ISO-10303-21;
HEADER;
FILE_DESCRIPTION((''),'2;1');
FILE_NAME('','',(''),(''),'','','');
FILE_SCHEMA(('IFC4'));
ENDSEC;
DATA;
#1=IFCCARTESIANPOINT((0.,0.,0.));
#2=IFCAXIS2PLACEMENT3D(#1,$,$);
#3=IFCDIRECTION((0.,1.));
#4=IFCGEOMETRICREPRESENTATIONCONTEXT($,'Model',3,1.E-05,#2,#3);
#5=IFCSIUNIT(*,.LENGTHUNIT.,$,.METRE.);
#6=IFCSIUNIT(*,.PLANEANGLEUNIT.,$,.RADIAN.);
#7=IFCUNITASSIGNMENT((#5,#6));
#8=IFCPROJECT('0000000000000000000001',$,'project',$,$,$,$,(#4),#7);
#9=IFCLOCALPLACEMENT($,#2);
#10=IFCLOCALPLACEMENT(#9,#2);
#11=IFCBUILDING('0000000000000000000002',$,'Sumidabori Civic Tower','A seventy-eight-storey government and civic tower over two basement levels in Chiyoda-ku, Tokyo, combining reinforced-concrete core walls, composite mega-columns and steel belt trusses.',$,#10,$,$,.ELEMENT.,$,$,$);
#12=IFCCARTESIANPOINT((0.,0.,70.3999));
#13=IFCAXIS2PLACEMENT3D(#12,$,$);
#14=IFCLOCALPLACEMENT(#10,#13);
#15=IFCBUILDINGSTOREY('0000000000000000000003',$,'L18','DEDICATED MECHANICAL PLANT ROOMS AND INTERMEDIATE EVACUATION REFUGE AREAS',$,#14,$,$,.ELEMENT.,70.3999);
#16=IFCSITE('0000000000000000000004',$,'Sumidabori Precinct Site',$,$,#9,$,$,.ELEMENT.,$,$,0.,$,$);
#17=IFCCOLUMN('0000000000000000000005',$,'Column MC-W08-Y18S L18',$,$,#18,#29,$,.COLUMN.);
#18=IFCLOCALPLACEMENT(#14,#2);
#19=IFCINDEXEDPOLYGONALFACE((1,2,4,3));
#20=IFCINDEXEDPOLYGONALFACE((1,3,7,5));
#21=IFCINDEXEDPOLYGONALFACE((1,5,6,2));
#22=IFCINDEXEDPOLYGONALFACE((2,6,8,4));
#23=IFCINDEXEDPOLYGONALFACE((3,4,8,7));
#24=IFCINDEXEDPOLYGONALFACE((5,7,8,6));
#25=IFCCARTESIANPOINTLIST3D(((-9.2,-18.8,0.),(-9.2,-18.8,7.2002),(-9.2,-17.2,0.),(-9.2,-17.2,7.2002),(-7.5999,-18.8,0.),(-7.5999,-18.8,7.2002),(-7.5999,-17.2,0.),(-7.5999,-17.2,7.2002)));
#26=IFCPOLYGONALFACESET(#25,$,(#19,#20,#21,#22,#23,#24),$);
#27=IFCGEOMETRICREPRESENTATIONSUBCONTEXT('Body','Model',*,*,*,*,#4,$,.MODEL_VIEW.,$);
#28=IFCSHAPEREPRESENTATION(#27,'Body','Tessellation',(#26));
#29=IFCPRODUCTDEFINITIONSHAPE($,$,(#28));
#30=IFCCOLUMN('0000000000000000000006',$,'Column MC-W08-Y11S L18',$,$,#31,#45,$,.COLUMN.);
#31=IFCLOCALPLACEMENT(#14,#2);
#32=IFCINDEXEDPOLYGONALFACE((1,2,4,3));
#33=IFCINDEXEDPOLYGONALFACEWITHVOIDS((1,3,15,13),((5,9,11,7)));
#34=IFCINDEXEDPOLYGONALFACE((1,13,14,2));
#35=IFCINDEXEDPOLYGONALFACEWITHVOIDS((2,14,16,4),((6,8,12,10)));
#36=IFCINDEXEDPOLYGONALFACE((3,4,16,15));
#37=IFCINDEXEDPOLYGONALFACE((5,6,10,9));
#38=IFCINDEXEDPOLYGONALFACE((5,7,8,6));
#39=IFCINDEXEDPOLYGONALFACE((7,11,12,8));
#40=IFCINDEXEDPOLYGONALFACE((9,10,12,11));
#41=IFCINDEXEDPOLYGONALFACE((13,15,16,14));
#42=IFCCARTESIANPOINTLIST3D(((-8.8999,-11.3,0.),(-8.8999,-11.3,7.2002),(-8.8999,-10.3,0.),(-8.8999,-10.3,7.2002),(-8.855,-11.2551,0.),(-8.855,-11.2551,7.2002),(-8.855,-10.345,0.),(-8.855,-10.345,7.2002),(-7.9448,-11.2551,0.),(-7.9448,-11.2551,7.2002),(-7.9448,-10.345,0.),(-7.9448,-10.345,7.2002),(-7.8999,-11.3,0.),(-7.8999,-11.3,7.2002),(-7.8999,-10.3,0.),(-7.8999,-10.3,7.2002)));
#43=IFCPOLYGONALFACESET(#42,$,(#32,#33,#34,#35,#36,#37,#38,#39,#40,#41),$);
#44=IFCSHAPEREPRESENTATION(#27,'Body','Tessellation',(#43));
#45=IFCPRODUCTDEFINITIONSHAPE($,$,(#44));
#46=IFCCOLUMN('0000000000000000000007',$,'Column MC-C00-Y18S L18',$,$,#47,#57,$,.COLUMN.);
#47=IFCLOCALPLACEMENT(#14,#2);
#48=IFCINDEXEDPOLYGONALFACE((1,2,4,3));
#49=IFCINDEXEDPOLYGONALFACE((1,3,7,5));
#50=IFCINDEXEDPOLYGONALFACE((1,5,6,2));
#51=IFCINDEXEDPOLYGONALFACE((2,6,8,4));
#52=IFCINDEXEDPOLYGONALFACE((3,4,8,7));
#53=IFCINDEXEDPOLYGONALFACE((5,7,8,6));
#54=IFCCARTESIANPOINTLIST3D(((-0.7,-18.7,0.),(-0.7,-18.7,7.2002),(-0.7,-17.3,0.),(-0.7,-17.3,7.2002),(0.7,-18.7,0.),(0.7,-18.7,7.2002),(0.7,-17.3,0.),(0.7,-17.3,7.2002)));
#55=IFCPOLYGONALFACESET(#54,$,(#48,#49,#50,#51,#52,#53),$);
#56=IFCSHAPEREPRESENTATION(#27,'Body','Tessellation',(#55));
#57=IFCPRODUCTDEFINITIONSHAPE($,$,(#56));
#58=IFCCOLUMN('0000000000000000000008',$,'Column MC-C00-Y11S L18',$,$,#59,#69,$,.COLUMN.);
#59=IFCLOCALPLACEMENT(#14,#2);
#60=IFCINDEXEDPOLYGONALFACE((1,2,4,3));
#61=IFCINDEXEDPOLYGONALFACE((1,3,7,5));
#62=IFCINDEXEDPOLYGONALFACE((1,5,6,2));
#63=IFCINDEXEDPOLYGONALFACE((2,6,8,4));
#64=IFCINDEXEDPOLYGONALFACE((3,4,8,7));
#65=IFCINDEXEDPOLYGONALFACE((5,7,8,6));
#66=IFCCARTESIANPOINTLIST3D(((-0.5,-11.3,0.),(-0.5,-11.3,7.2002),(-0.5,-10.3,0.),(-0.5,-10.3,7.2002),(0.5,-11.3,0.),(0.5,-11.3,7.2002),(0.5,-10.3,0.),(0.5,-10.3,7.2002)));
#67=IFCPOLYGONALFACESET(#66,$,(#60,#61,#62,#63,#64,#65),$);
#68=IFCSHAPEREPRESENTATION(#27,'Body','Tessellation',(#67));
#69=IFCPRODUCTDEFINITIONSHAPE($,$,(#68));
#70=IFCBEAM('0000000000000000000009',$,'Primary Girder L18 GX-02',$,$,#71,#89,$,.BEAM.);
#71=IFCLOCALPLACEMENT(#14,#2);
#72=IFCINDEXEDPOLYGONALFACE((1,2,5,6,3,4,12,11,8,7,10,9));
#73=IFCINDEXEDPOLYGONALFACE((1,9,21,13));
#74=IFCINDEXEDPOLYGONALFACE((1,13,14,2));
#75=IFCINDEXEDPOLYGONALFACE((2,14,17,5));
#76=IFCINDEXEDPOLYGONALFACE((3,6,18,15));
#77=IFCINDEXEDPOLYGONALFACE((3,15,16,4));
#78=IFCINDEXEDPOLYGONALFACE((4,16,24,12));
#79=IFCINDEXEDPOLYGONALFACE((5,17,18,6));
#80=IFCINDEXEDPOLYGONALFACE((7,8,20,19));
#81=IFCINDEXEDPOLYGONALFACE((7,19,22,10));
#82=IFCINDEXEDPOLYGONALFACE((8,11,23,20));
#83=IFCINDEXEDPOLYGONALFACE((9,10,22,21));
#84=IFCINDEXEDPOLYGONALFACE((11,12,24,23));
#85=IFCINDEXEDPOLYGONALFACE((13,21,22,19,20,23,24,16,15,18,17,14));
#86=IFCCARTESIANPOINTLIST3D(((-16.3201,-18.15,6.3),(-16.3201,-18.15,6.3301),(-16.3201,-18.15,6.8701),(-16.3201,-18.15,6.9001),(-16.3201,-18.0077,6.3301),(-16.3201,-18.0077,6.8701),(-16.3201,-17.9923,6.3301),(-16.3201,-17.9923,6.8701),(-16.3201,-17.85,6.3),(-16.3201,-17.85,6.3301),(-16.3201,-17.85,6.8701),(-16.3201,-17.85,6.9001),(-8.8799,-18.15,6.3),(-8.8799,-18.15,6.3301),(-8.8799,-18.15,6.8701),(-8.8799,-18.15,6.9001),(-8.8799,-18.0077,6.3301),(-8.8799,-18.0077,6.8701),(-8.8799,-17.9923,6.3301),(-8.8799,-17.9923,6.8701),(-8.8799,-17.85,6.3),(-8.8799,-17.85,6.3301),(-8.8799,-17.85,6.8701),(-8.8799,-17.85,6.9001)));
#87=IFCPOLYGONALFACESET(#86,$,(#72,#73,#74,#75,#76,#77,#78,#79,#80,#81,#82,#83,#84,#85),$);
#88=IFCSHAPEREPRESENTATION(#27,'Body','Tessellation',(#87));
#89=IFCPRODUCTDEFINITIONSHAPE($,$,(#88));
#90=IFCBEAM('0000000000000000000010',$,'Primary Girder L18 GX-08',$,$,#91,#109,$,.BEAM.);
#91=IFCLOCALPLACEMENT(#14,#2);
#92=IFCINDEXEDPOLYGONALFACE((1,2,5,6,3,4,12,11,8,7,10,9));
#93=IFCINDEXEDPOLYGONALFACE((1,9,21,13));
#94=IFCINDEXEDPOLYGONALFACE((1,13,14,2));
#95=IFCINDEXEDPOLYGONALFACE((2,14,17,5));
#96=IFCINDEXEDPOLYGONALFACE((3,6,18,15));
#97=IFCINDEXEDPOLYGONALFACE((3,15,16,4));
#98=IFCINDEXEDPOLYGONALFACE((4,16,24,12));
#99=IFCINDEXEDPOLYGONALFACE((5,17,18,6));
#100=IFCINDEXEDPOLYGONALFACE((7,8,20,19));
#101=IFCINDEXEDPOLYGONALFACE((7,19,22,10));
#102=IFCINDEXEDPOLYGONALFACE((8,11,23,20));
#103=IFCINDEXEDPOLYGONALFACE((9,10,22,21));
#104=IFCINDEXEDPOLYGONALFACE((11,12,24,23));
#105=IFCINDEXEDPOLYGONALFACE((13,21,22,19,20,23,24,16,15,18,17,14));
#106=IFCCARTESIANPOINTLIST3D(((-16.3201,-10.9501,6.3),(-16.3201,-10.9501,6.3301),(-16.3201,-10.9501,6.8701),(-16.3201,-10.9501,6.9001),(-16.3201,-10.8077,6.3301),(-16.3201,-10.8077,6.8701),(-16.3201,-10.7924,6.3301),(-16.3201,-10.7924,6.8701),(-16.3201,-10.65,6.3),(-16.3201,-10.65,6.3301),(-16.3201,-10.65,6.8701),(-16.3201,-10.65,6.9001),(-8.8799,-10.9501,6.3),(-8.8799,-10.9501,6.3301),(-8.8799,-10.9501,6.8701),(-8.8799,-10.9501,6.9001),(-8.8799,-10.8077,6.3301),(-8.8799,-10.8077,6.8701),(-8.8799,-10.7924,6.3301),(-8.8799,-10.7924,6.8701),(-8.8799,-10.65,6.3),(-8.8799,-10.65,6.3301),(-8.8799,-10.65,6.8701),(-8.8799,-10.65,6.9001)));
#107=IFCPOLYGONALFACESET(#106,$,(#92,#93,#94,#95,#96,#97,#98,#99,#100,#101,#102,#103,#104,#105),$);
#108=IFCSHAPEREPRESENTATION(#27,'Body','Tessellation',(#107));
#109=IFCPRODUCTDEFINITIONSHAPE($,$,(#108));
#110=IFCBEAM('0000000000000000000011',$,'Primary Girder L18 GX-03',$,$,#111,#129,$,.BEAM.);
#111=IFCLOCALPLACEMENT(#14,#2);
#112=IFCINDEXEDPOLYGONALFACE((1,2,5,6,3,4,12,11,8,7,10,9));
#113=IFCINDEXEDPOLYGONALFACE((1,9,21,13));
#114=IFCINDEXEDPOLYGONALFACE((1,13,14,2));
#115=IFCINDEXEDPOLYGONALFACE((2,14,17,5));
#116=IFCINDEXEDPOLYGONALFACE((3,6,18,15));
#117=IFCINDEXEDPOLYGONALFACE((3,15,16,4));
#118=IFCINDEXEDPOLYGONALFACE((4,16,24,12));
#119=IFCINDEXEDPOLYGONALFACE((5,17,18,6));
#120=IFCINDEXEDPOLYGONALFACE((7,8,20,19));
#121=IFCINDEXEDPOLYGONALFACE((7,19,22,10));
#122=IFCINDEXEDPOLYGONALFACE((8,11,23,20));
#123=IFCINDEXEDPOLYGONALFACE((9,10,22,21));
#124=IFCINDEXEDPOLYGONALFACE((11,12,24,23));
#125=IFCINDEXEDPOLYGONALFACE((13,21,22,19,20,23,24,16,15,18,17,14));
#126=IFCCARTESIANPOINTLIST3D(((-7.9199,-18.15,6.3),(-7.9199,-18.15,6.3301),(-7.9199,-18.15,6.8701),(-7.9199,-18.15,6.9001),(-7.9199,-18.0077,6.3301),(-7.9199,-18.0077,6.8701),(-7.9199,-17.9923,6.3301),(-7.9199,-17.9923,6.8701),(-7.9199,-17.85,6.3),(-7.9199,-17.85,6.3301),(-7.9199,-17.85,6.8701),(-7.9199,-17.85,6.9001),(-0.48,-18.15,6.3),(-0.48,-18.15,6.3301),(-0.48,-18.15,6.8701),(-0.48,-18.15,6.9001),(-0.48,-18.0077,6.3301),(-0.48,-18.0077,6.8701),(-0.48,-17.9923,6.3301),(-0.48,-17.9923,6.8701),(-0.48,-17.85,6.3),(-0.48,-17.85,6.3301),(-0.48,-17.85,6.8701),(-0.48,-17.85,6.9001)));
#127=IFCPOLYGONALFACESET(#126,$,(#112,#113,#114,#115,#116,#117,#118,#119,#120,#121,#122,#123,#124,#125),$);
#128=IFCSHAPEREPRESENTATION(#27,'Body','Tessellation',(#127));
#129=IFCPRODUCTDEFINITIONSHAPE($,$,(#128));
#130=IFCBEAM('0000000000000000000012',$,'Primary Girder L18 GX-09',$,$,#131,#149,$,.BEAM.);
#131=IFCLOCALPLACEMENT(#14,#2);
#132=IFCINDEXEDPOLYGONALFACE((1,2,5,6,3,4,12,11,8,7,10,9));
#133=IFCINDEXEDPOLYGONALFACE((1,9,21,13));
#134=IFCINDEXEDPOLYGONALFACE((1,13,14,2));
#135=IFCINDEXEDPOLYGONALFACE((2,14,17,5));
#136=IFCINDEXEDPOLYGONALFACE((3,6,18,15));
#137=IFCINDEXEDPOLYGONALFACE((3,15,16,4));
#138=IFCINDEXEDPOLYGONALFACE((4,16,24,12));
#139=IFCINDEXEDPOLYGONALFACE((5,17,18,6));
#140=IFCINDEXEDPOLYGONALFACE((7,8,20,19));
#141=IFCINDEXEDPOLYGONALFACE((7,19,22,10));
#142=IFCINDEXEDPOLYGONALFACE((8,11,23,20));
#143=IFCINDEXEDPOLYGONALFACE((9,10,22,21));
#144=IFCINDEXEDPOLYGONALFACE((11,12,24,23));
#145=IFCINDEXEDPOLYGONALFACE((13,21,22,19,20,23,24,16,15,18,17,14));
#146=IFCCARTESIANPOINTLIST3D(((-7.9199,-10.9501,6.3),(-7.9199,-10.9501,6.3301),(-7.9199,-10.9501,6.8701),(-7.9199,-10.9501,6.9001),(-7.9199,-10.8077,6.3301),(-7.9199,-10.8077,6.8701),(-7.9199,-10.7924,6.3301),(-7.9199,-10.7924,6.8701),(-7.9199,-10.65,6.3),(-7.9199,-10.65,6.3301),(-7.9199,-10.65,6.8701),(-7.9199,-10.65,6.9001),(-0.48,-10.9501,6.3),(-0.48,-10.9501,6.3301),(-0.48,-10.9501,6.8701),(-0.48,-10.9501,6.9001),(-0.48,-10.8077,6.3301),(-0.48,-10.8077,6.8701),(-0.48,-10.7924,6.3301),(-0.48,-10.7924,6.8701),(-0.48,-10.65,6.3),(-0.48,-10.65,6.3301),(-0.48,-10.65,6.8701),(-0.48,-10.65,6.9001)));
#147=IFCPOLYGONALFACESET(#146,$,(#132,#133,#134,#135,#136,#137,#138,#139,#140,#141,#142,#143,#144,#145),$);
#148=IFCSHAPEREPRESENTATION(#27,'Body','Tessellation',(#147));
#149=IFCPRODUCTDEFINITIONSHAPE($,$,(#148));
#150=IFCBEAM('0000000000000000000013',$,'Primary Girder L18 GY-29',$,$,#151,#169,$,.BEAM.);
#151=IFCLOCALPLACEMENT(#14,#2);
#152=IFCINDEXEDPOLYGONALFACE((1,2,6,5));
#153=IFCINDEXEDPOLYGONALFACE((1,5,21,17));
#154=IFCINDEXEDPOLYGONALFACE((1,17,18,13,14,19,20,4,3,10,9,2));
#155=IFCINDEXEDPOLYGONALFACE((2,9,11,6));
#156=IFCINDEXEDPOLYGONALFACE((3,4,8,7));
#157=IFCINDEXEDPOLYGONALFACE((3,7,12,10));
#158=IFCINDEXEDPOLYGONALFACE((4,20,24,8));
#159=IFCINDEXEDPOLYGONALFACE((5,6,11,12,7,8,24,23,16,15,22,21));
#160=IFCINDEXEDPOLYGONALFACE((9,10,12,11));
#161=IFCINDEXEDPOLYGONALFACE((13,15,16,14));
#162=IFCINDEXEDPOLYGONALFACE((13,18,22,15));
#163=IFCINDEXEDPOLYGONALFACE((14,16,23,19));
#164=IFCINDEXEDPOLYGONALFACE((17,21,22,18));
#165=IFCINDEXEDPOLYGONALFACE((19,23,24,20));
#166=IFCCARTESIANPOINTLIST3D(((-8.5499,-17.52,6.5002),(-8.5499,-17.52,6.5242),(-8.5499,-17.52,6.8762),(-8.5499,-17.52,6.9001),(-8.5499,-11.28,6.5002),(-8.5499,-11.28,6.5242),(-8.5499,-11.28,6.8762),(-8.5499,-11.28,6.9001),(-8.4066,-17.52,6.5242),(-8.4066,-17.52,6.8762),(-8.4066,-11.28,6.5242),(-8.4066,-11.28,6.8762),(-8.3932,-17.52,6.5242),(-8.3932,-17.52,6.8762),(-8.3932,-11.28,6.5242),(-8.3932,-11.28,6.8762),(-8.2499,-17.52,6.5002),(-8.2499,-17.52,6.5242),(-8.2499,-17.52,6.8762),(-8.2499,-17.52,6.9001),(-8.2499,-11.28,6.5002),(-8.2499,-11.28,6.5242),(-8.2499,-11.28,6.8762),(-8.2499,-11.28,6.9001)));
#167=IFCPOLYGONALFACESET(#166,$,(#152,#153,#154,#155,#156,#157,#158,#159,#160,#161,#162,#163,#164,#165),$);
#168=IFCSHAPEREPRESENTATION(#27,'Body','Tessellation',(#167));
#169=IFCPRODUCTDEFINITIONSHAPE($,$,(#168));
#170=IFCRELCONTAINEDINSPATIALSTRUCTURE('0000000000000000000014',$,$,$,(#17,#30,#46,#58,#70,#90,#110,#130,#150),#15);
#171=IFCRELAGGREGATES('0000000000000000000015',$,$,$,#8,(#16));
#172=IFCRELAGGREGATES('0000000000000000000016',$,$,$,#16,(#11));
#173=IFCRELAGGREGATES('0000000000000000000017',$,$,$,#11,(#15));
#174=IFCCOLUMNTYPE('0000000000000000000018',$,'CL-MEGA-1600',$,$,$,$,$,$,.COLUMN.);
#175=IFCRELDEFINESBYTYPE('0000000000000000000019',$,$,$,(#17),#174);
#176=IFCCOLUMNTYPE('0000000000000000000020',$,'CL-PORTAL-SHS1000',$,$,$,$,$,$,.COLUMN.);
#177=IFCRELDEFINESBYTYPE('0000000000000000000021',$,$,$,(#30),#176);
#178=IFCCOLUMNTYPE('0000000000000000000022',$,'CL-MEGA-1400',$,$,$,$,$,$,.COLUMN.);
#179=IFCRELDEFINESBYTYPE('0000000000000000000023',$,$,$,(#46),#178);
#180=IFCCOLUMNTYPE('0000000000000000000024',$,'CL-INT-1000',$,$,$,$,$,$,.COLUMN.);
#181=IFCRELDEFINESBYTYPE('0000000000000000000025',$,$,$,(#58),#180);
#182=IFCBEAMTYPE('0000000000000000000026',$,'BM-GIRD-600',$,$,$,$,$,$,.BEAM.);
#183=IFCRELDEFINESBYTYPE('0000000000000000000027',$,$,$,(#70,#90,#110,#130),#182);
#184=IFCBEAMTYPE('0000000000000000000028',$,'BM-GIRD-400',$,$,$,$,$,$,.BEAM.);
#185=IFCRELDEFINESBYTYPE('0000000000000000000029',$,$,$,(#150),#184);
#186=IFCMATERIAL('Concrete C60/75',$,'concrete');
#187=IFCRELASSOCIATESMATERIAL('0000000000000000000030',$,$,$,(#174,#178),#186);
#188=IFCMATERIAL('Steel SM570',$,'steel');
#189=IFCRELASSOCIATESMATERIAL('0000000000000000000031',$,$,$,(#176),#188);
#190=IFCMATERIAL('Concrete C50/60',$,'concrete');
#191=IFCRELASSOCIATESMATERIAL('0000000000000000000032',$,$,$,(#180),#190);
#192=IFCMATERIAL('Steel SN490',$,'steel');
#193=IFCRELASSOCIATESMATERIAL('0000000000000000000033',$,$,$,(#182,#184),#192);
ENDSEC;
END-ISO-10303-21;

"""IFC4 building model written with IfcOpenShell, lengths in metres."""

from ifc_helpers import new_model, si_unit, direction, frame, origin, origin_2d, place, context, subcontext, project, spatial, rectangle, hollow_rectangle, i_section, extrude, source, transform, mapped, material, material_profile, profile_set, type_object, element, save


model = new_model("IFC4")

# Units and contexts
model_context = context("Model", 3, precision=1e-05, world=origin(), true_north=direction((0.0, 1.0)))
body_context = subcontext(model_context, "Body", "Model", "MODEL_VIEW")
ifc_project = project(units=[si_unit("LENGTHUNIT", "METRE"), si_unit("PLANEANGLEUNIT", "RADIAN")], contexts=[model_context])

# Site, building, storey
site_placement = place(None, origin())
site = spatial("IfcSite", under=ifc_project, at=site_placement, Name="Sumidabori Precinct Site", CompositionType="ELEMENT", RefElevation=0.0)
building_placement = place(site_placement, origin())
building = spatial("IfcBuilding", under=site, at=building_placement, Name="Sumidabori Civic Tower", Description="A seventy-eight-storey government and civic tower over two basement levels in Chiyoda-ku, Tokyo, combining reinforced-concrete core walls, composite mega-columns and steel belt trusses.", CompositionType="ELEMENT")
storey_placement = place(building_placement, frame((0.0, 0.0, 70.3999)))
storey = spatial("IfcBuildingStorey", under=building, at=storey_placement, Name="L18", Description="DEDICATED MECHANICAL PLANT ROOMS AND INTERMEDIATE EVACUATION REFUGE AREAS", CompositionType="ELEMENT", Elevation=70.3999)

# Columns
ifc_material_1 = material(Name="Concrete C60/75", Category="concrete")
ifc_material_profile_1 = material_profile(ifc_material_1, rectangle(XDim=1.6001, YDim=1.6001, at=origin_2d()), Name="RC 1600x1600")
ifc_profile_set_1 = profile_set([ifc_material_profile_1], Name="Concrete C60/75")
column_type_1 = type_object("IfcColumnType", Name="CL-MEGA-1600", PredefinedType="COLUMN", material=ifc_profile_set_1)
shared_shape_1 = source(origin(), body_context, "Body", "SweptSolid", [
    extrude(rectangle(XDim=1.6001, YDim=1.6001, at=origin_2d()), origin(), (0.0, 0.0, 1.0), 7.2002),
])
column_1_placement = place(storey_placement, frame((-8.3999, -18.0, 0.0), z_axis=(0.0, 0.0, 1.0), x_axis=(1.0, 0.0, 0.0)))
element("IfcColumn", 1, at=column_1_placement, inside=storey, type_object=column_type_1, Name="Column MC-W08-Y18S L18", PredefinedType="COLUMN", context=body_context, shape_type="MappedRepresentation", body=[
    mapped(shared_shape_1, transform((0.0, 0.0, 0.0), x_axis=(1.0, 0.0, 0.0), y_axis=(0.0, 1.0, 0.0), z_axis=(0.0, 0.0, 1.0), scale=1.0)),
])
ifc_material_2 = material(Name="Steel SM570", Category="steel")
ifc_material_profile_2 = material_profile(ifc_material_2, hollow_rectangle(XDim=1.0, YDim=1.0, WallThickness=0.0449, at=origin_2d()), Name="SHS 1000x1000x45")
ifc_profile_set_2 = profile_set([ifc_material_profile_2], Name="Steel SM570")
column_type_2 = type_object("IfcColumnType", Name="CL-PORTAL-SHS1000", PredefinedType="COLUMN", material=ifc_profile_set_2)
shared_shape_2 = source(origin(), body_context, "Body", "SweptSolid", [
    extrude(hollow_rectangle(XDim=1.0, YDim=1.0, WallThickness=0.0449, at=origin_2d()), origin(), (0.0, 0.0, 1.0), 7.2002),
])
column_2_placement = place(storey_placement, frame((-8.3999, -10.8, 0.0), z_axis=(0.0, 0.0, 1.0), x_axis=(1.0, 0.0, 0.0)))
element("IfcColumn", 2, at=column_2_placement, inside=storey, type_object=column_type_2, Name="Column MC-W08-Y11S L18", PredefinedType="COLUMN", context=body_context, shape_type="MappedRepresentation", body=[
    mapped(shared_shape_2, transform((0.0, 0.0, 0.0), x_axis=(1.0, 0.0, 0.0), y_axis=(0.0, 1.0, 0.0), z_axis=(0.0, 0.0, 1.0), scale=1.0)),
])
ifc_material_profile_3 = material_profile(ifc_material_1, rectangle(XDim=1.3999, YDim=1.3999, at=origin_2d()), Name="RC 1400x1400")
ifc_profile_set_3 = profile_set([ifc_material_profile_3], Name="Concrete C60/75")
column_type_3 = type_object("IfcColumnType", Name="CL-MEGA-1400", PredefinedType="COLUMN", material=ifc_profile_set_3)
shared_shape_3 = source(origin(), body_context, "Body", "SweptSolid", [
    extrude(rectangle(XDim=1.3999, YDim=1.3999, at=origin_2d()), origin(), (0.0, 0.0, 1.0), 7.2002),
])
column_3_placement = place(storey_placement, frame((0.0, -18.0, 0.0), z_axis=(0.0, 0.0, 1.0), x_axis=(1.0, 0.0, 0.0)))
element("IfcColumn", 3, at=column_3_placement, inside=storey, type_object=column_type_3, Name="Column MC-C00-Y18S L18", PredefinedType="COLUMN", context=body_context, shape_type="MappedRepresentation", body=[
    mapped(shared_shape_3, transform((0.0, 0.0, 0.0), x_axis=(1.0, 0.0, 0.0), y_axis=(0.0, 1.0, 0.0), z_axis=(0.0, 0.0, 1.0), scale=1.0)),
])
ifc_material_3 = material(Name="Concrete C50/60", Category="concrete")
ifc_material_profile_4 = material_profile(ifc_material_3, rectangle(XDim=1.0, YDim=1.0, at=origin_2d()), Name="RC 1000x1000")
ifc_profile_set_4 = profile_set([ifc_material_profile_4], Name="Concrete C50/60")
column_type_4 = type_object("IfcColumnType", Name="CL-INT-1000", PredefinedType="COLUMN", material=ifc_profile_set_4)
shared_shape_4 = source(origin(), body_context, "Body", "SweptSolid", [
    extrude(rectangle(XDim=1.0, YDim=1.0, at=origin_2d()), origin(), (0.0, 0.0, 1.0), 7.2002),
])
column_4_placement = place(storey_placement, frame((0.0, -10.8, 0.0), z_axis=(0.0, 0.0, 1.0), x_axis=(1.0, 0.0, 0.0)))
element("IfcColumn", 4, at=column_4_placement, inside=storey, type_object=column_type_4, Name="Column MC-C00-Y11S L18", PredefinedType="COLUMN", context=body_context, shape_type="MappedRepresentation", body=[
    mapped(shared_shape_4, transform((0.0, 0.0, 0.0), x_axis=(1.0, 0.0, 0.0), y_axis=(0.0, 1.0, 0.0), z_axis=(0.0, 0.0, 1.0), scale=1.0)),
])

# Beams
ifc_material_4 = material(Name="Steel SN490", Category="steel")
ifc_material_profile_5 = material_profile(ifc_material_4, i_section(OverallWidth=0.3, OverallDepth=0.6001, WebThickness=0.0154, FlangeThickness=0.03, at=origin_2d()), Name="HE 600 B")
ifc_profile_set_5 = profile_set([ifc_material_profile_5], Name="Steel SN490")
beam_type_1 = type_object("IfcBeamType", Name="BM-GIRD-600", PredefinedType="BEAM", material=ifc_profile_set_5)
shared_shape_5 = source(origin(), body_context, "Body", "SweptSolid", [
    extrude(i_section(OverallWidth=0.3, OverallDepth=0.6001, WebThickness=0.0154, FlangeThickness=0.03, at=origin_2d()), origin(), (0.0, 0.0, 1.0), 7.4402),
])
for number, where, z_axis, x_axis, name in (
    (5, (-16.3201, -18.0, 6.6001), (1.0, 0.0, 0.0), (0.0, 1.0, 0.0), "Primary Girder L18 GX-02"),
    (6, (-16.3201, -10.8, 6.6001), (1.0, 0.0, 0.0), (0.0, 1.0, 0.0), "Primary Girder L18 GX-08"),
):
    element("IfcBeam", number, at=place(storey_placement, frame(where, z_axis=z_axis, x_axis=x_axis)), inside=storey, type_object=beam_type_1, Name=name, PredefinedType="BEAM", context=body_context, shape_type="MappedRepresentation", body=[
        mapped(shared_shape_5, transform((0.0, 0.0, 0.0), x_axis=(1.0, 0.0, 0.0), y_axis=(0.0, 1.0, 0.0), z_axis=(0.0, 0.0, 1.0), scale=1.0)),
    ])
shared_shape_6 = source(origin(), body_context, "Body", "SweptSolid", [
    extrude(i_section(OverallWidth=0.3, OverallDepth=0.6001, WebThickness=0.0154, FlangeThickness=0.03, at=origin_2d()), origin(), (0.0, 0.0, 1.0), 7.4399),
])
for number, where, z_axis, x_axis, name in (
    (7, (-7.9199, -18.0, 6.6001), (1.0, 0.0, 0.0), (0.0, 1.0, 0.0), "Primary Girder L18 GX-03"),
    (8, (-7.9199, -10.8, 6.6001), (1.0, 0.0, 0.0), (0.0, 1.0, 0.0), "Primary Girder L18 GX-09"),
):
    element("IfcBeam", number, at=place(storey_placement, frame(where, z_axis=z_axis, x_axis=x_axis)), inside=storey, type_object=beam_type_1, Name=name, PredefinedType="BEAM", context=body_context, shape_type="MappedRepresentation", body=[
        mapped(shared_shape_6, transform((0.0, 0.0, 0.0), x_axis=(1.0, 0.0, 0.0), y_axis=(0.0, 1.0, 0.0), z_axis=(0.0, 0.0, 1.0), scale=1.0)),
    ])
ifc_material_profile_6 = material_profile(ifc_material_4, i_section(OverallWidth=0.3, OverallDepth=0.3999, WebThickness=0.0134, FlangeThickness=0.0239, at=origin_2d()), Name="HE 400 B")
ifc_profile_set_6 = profile_set([ifc_material_profile_6], Name="Steel SN490")
beam_type_2 = type_object("IfcBeamType", Name="BM-GIRD-400", PredefinedType="BEAM", material=ifc_profile_set_6)
shared_shape_7 = source(origin(), body_context, "Body", "SweptSolid", [
    extrude(i_section(OverallWidth=0.3, OverallDepth=0.3999, WebThickness=0.0134, FlangeThickness=0.0239, at=origin_2d()), origin(), (0.0, 0.0, 1.0), 6.24),
])
beam_1_placement = place(storey_placement, frame((-8.3999, -17.52, 6.7002), z_axis=(0.0, 1.0, 0.0), x_axis=(-1.0, 0.0, 0.0)))
element("IfcBeam", 9, at=beam_1_placement, inside=storey, type_object=beam_type_2, Name="Primary Girder L18 GY-29", PredefinedType="BEAM", context=body_context, shape_type="MappedRepresentation", body=[
    mapped(shared_shape_7, transform((0.0, 0.0, 0.0), x_axis=(1.0, 0.0, 0.0), y_axis=(0.0, 1.0, 0.0), z_axis=(0.0, 0.0, 1.0), scale=1.0)),
])

save(model, "model.ifc")
